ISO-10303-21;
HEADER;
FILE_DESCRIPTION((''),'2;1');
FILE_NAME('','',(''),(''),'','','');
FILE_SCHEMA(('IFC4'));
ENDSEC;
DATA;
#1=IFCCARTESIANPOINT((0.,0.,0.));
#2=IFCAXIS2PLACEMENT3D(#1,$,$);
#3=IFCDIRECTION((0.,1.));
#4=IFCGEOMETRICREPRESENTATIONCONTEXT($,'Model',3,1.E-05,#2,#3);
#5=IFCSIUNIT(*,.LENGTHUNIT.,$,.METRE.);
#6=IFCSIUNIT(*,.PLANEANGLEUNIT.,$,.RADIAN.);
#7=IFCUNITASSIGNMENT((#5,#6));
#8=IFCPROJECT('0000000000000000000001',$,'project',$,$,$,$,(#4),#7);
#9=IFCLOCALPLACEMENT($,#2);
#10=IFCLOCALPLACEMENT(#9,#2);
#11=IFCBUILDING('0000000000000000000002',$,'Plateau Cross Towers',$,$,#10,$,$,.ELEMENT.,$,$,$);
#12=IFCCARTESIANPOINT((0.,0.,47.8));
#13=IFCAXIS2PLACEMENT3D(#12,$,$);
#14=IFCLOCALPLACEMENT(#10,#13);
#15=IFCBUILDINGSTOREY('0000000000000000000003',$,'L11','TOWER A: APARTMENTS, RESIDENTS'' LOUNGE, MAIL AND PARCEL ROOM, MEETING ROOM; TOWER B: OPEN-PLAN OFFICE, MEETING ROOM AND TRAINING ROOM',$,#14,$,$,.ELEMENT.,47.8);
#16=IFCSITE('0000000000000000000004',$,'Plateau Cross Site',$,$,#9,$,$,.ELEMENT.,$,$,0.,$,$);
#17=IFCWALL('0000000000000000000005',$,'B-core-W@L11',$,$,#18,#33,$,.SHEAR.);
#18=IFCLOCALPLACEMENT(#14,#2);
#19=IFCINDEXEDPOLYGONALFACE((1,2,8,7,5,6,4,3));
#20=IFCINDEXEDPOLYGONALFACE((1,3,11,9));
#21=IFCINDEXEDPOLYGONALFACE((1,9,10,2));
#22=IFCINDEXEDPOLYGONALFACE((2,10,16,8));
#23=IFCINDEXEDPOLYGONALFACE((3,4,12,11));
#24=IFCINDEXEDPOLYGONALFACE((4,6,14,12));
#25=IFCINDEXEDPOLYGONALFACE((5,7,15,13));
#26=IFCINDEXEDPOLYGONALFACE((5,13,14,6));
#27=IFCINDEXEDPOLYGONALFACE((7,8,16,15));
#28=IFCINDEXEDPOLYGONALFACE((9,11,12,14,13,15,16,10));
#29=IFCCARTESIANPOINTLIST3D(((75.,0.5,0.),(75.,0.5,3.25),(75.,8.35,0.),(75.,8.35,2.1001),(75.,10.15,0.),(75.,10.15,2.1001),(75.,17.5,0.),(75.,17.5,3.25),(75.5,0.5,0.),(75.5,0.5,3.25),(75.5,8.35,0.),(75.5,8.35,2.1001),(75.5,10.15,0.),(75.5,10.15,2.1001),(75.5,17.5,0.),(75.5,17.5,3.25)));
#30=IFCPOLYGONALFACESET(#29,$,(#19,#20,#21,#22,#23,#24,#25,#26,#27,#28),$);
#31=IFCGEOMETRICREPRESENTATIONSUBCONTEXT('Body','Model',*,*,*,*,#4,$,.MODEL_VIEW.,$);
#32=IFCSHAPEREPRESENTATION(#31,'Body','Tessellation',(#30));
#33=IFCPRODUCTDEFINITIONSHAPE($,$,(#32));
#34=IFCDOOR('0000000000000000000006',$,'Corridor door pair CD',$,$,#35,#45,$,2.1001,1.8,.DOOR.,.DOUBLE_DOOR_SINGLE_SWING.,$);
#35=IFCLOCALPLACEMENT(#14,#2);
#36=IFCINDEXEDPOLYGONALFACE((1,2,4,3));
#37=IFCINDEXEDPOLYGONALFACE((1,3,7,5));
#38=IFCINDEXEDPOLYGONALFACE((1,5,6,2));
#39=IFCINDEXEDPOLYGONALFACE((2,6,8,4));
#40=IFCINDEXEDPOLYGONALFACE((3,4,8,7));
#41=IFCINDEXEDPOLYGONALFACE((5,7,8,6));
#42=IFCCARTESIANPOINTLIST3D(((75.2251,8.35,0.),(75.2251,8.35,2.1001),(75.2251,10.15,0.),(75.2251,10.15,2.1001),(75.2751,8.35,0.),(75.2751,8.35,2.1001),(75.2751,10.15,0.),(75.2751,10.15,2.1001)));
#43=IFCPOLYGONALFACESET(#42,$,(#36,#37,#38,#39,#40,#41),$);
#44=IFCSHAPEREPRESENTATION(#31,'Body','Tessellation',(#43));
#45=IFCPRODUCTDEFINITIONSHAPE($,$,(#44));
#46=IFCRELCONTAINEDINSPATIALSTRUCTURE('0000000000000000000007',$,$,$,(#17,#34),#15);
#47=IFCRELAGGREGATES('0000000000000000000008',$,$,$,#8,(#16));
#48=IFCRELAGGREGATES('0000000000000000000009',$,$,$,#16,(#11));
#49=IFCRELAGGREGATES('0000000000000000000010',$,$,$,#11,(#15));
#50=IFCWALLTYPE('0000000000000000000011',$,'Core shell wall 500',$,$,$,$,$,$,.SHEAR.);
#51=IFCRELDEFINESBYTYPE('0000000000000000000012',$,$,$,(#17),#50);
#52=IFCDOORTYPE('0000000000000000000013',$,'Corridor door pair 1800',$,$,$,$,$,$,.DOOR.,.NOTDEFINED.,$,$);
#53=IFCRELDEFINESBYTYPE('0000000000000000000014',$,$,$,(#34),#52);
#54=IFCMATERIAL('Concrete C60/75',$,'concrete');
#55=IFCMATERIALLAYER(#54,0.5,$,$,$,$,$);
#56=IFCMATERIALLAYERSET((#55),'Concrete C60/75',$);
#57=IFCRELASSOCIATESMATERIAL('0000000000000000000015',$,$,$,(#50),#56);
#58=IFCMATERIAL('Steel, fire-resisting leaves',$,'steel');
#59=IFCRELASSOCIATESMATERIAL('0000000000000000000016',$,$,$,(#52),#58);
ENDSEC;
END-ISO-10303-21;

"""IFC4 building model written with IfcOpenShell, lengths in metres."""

from ifc_helpers import new_model, si_unit, direction, frame, frame_2d, origin, place, context, subcontext, project, spatial, rectangle, extrude, material, layer, layer_set, type_object, element, fill, save


model = new_model("IFC4")

# Units and contexts
model_context = context("Model", 3, precision=1e-05, world=origin(), true_north=direction((0.0, 1.0)))
body_context = subcontext(model_context, "Body", "Model", "MODEL_VIEW")
ifc_project = project(units=[si_unit("LENGTHUNIT", "METRE"), si_unit("PLANEANGLEUNIT", "RADIAN")], contexts=[model_context])

# Site, building, storey
site_placement = place(None, origin())
site = spatial("IfcSite", under=ifc_project, at=site_placement, Name="Plateau Cross Site", CompositionType="ELEMENT", RefElevation=0.0)
building_placement = place(site_placement, origin())
building = spatial("IfcBuilding", under=site, at=building_placement, Name="Plateau Cross Towers", CompositionType="ELEMENT")
storey_placement = place(building_placement, frame((0.0, 0.0, 47.8)))
storey = spatial("IfcBuildingStorey", under=building, at=storey_placement, Name="L11", Description="TOWER A: APARTMENTS, RESIDENTS' LOUNGE, MAIL AND PARCEL ROOM, MEETING ROOM; TOWER B: OPEN-PLAN OFFICE, MEETING ROOM AND TRAINING ROOM", CompositionType="ELEMENT", Elevation=47.8)

# Shared definitions
ifc_material_1 = material(Name="Concrete C60/75", Category="concrete")

# Wall, opening, door
ifc_layer_1 = layer(ifc_material_1, 0.5)
ifc_layer_set_1 = layer_set([ifc_layer_1], Name="Concrete C60/75")
wall_type_1 = type_object("IfcWallType", Name="Core shell wall 500", PredefinedType="SHEAR", material=ifc_layer_set_1)
wall_1_placement = place(storey_placement, frame((75.25, 0.5, 0.0), z_axis=(0.0, 0.0, 1.0), x_axis=(0.0, 1.0, 0.0)))
wall_1 = element("IfcWall", 1, at=wall_1_placement, inside=storey, type_object=wall_type_1, Name="B-core-W@L11", PredefinedType="SHEAR", context=body_context, shape_type="SweptSolid", body=[
    extrude(rectangle(XDim=17.0, YDim=0.5, at=frame_2d((8.5, 0.0))), origin(), (0.0, 0.0, 1.0), 3.25),
])
opening_1_placement = place(wall_1_placement, frame((7.8501, 0.0, 0.0)))
opening_1 = element("IfcOpeningElement", 2, at=opening_1_placement, cuts=wall_1, PredefinedType="OPENING", context=body_context, shape_type="SweptSolid", body=[
    extrude(rectangle(XDim=1.8, YDim=2.1001, at=frame_2d((0.8999, 1.05))), frame((0.0, 0.26, 0.0), z_axis=(0.0, -1.0, 0.0), x_axis=(1.0, 0.0, 0.0)), (0.0, 0.0, 1.0), 0.52),
])
ifc_material_2 = material(Name="Steel, fire-resisting leaves", Category="steel")
door_type_1 = type_object("IfcDoorType", Name="Corridor door pair 1800", OperationType="NOTDEFINED", PredefinedType="DOOR", material=ifc_material_2)
door_1_placement = place(opening_1_placement, origin())
door_1 = element("IfcDoor", 3, at=door_1_placement, inside=storey, type_object=door_type_1, Name="Corridor door pair CD", OperationType="DOUBLE_DOOR_SINGLE_SWING", OverallHeight=2.1001, OverallWidth=1.8, PredefinedType="DOOR", context=body_context, shape_type="SweptSolid", body=[
    extrude(rectangle(XDim=1.8, YDim=2.1001, at=frame_2d((0.8999, 1.05))), frame((0.0, 0.0249, 0.0), z_axis=(0.0, -1.0, 0.0), x_axis=(1.0, 0.0, 0.0)), (0.0, 0.0, 1.0), 0.05),
])
fill(opening_1, door_1)

save(model, "model.ifc")
